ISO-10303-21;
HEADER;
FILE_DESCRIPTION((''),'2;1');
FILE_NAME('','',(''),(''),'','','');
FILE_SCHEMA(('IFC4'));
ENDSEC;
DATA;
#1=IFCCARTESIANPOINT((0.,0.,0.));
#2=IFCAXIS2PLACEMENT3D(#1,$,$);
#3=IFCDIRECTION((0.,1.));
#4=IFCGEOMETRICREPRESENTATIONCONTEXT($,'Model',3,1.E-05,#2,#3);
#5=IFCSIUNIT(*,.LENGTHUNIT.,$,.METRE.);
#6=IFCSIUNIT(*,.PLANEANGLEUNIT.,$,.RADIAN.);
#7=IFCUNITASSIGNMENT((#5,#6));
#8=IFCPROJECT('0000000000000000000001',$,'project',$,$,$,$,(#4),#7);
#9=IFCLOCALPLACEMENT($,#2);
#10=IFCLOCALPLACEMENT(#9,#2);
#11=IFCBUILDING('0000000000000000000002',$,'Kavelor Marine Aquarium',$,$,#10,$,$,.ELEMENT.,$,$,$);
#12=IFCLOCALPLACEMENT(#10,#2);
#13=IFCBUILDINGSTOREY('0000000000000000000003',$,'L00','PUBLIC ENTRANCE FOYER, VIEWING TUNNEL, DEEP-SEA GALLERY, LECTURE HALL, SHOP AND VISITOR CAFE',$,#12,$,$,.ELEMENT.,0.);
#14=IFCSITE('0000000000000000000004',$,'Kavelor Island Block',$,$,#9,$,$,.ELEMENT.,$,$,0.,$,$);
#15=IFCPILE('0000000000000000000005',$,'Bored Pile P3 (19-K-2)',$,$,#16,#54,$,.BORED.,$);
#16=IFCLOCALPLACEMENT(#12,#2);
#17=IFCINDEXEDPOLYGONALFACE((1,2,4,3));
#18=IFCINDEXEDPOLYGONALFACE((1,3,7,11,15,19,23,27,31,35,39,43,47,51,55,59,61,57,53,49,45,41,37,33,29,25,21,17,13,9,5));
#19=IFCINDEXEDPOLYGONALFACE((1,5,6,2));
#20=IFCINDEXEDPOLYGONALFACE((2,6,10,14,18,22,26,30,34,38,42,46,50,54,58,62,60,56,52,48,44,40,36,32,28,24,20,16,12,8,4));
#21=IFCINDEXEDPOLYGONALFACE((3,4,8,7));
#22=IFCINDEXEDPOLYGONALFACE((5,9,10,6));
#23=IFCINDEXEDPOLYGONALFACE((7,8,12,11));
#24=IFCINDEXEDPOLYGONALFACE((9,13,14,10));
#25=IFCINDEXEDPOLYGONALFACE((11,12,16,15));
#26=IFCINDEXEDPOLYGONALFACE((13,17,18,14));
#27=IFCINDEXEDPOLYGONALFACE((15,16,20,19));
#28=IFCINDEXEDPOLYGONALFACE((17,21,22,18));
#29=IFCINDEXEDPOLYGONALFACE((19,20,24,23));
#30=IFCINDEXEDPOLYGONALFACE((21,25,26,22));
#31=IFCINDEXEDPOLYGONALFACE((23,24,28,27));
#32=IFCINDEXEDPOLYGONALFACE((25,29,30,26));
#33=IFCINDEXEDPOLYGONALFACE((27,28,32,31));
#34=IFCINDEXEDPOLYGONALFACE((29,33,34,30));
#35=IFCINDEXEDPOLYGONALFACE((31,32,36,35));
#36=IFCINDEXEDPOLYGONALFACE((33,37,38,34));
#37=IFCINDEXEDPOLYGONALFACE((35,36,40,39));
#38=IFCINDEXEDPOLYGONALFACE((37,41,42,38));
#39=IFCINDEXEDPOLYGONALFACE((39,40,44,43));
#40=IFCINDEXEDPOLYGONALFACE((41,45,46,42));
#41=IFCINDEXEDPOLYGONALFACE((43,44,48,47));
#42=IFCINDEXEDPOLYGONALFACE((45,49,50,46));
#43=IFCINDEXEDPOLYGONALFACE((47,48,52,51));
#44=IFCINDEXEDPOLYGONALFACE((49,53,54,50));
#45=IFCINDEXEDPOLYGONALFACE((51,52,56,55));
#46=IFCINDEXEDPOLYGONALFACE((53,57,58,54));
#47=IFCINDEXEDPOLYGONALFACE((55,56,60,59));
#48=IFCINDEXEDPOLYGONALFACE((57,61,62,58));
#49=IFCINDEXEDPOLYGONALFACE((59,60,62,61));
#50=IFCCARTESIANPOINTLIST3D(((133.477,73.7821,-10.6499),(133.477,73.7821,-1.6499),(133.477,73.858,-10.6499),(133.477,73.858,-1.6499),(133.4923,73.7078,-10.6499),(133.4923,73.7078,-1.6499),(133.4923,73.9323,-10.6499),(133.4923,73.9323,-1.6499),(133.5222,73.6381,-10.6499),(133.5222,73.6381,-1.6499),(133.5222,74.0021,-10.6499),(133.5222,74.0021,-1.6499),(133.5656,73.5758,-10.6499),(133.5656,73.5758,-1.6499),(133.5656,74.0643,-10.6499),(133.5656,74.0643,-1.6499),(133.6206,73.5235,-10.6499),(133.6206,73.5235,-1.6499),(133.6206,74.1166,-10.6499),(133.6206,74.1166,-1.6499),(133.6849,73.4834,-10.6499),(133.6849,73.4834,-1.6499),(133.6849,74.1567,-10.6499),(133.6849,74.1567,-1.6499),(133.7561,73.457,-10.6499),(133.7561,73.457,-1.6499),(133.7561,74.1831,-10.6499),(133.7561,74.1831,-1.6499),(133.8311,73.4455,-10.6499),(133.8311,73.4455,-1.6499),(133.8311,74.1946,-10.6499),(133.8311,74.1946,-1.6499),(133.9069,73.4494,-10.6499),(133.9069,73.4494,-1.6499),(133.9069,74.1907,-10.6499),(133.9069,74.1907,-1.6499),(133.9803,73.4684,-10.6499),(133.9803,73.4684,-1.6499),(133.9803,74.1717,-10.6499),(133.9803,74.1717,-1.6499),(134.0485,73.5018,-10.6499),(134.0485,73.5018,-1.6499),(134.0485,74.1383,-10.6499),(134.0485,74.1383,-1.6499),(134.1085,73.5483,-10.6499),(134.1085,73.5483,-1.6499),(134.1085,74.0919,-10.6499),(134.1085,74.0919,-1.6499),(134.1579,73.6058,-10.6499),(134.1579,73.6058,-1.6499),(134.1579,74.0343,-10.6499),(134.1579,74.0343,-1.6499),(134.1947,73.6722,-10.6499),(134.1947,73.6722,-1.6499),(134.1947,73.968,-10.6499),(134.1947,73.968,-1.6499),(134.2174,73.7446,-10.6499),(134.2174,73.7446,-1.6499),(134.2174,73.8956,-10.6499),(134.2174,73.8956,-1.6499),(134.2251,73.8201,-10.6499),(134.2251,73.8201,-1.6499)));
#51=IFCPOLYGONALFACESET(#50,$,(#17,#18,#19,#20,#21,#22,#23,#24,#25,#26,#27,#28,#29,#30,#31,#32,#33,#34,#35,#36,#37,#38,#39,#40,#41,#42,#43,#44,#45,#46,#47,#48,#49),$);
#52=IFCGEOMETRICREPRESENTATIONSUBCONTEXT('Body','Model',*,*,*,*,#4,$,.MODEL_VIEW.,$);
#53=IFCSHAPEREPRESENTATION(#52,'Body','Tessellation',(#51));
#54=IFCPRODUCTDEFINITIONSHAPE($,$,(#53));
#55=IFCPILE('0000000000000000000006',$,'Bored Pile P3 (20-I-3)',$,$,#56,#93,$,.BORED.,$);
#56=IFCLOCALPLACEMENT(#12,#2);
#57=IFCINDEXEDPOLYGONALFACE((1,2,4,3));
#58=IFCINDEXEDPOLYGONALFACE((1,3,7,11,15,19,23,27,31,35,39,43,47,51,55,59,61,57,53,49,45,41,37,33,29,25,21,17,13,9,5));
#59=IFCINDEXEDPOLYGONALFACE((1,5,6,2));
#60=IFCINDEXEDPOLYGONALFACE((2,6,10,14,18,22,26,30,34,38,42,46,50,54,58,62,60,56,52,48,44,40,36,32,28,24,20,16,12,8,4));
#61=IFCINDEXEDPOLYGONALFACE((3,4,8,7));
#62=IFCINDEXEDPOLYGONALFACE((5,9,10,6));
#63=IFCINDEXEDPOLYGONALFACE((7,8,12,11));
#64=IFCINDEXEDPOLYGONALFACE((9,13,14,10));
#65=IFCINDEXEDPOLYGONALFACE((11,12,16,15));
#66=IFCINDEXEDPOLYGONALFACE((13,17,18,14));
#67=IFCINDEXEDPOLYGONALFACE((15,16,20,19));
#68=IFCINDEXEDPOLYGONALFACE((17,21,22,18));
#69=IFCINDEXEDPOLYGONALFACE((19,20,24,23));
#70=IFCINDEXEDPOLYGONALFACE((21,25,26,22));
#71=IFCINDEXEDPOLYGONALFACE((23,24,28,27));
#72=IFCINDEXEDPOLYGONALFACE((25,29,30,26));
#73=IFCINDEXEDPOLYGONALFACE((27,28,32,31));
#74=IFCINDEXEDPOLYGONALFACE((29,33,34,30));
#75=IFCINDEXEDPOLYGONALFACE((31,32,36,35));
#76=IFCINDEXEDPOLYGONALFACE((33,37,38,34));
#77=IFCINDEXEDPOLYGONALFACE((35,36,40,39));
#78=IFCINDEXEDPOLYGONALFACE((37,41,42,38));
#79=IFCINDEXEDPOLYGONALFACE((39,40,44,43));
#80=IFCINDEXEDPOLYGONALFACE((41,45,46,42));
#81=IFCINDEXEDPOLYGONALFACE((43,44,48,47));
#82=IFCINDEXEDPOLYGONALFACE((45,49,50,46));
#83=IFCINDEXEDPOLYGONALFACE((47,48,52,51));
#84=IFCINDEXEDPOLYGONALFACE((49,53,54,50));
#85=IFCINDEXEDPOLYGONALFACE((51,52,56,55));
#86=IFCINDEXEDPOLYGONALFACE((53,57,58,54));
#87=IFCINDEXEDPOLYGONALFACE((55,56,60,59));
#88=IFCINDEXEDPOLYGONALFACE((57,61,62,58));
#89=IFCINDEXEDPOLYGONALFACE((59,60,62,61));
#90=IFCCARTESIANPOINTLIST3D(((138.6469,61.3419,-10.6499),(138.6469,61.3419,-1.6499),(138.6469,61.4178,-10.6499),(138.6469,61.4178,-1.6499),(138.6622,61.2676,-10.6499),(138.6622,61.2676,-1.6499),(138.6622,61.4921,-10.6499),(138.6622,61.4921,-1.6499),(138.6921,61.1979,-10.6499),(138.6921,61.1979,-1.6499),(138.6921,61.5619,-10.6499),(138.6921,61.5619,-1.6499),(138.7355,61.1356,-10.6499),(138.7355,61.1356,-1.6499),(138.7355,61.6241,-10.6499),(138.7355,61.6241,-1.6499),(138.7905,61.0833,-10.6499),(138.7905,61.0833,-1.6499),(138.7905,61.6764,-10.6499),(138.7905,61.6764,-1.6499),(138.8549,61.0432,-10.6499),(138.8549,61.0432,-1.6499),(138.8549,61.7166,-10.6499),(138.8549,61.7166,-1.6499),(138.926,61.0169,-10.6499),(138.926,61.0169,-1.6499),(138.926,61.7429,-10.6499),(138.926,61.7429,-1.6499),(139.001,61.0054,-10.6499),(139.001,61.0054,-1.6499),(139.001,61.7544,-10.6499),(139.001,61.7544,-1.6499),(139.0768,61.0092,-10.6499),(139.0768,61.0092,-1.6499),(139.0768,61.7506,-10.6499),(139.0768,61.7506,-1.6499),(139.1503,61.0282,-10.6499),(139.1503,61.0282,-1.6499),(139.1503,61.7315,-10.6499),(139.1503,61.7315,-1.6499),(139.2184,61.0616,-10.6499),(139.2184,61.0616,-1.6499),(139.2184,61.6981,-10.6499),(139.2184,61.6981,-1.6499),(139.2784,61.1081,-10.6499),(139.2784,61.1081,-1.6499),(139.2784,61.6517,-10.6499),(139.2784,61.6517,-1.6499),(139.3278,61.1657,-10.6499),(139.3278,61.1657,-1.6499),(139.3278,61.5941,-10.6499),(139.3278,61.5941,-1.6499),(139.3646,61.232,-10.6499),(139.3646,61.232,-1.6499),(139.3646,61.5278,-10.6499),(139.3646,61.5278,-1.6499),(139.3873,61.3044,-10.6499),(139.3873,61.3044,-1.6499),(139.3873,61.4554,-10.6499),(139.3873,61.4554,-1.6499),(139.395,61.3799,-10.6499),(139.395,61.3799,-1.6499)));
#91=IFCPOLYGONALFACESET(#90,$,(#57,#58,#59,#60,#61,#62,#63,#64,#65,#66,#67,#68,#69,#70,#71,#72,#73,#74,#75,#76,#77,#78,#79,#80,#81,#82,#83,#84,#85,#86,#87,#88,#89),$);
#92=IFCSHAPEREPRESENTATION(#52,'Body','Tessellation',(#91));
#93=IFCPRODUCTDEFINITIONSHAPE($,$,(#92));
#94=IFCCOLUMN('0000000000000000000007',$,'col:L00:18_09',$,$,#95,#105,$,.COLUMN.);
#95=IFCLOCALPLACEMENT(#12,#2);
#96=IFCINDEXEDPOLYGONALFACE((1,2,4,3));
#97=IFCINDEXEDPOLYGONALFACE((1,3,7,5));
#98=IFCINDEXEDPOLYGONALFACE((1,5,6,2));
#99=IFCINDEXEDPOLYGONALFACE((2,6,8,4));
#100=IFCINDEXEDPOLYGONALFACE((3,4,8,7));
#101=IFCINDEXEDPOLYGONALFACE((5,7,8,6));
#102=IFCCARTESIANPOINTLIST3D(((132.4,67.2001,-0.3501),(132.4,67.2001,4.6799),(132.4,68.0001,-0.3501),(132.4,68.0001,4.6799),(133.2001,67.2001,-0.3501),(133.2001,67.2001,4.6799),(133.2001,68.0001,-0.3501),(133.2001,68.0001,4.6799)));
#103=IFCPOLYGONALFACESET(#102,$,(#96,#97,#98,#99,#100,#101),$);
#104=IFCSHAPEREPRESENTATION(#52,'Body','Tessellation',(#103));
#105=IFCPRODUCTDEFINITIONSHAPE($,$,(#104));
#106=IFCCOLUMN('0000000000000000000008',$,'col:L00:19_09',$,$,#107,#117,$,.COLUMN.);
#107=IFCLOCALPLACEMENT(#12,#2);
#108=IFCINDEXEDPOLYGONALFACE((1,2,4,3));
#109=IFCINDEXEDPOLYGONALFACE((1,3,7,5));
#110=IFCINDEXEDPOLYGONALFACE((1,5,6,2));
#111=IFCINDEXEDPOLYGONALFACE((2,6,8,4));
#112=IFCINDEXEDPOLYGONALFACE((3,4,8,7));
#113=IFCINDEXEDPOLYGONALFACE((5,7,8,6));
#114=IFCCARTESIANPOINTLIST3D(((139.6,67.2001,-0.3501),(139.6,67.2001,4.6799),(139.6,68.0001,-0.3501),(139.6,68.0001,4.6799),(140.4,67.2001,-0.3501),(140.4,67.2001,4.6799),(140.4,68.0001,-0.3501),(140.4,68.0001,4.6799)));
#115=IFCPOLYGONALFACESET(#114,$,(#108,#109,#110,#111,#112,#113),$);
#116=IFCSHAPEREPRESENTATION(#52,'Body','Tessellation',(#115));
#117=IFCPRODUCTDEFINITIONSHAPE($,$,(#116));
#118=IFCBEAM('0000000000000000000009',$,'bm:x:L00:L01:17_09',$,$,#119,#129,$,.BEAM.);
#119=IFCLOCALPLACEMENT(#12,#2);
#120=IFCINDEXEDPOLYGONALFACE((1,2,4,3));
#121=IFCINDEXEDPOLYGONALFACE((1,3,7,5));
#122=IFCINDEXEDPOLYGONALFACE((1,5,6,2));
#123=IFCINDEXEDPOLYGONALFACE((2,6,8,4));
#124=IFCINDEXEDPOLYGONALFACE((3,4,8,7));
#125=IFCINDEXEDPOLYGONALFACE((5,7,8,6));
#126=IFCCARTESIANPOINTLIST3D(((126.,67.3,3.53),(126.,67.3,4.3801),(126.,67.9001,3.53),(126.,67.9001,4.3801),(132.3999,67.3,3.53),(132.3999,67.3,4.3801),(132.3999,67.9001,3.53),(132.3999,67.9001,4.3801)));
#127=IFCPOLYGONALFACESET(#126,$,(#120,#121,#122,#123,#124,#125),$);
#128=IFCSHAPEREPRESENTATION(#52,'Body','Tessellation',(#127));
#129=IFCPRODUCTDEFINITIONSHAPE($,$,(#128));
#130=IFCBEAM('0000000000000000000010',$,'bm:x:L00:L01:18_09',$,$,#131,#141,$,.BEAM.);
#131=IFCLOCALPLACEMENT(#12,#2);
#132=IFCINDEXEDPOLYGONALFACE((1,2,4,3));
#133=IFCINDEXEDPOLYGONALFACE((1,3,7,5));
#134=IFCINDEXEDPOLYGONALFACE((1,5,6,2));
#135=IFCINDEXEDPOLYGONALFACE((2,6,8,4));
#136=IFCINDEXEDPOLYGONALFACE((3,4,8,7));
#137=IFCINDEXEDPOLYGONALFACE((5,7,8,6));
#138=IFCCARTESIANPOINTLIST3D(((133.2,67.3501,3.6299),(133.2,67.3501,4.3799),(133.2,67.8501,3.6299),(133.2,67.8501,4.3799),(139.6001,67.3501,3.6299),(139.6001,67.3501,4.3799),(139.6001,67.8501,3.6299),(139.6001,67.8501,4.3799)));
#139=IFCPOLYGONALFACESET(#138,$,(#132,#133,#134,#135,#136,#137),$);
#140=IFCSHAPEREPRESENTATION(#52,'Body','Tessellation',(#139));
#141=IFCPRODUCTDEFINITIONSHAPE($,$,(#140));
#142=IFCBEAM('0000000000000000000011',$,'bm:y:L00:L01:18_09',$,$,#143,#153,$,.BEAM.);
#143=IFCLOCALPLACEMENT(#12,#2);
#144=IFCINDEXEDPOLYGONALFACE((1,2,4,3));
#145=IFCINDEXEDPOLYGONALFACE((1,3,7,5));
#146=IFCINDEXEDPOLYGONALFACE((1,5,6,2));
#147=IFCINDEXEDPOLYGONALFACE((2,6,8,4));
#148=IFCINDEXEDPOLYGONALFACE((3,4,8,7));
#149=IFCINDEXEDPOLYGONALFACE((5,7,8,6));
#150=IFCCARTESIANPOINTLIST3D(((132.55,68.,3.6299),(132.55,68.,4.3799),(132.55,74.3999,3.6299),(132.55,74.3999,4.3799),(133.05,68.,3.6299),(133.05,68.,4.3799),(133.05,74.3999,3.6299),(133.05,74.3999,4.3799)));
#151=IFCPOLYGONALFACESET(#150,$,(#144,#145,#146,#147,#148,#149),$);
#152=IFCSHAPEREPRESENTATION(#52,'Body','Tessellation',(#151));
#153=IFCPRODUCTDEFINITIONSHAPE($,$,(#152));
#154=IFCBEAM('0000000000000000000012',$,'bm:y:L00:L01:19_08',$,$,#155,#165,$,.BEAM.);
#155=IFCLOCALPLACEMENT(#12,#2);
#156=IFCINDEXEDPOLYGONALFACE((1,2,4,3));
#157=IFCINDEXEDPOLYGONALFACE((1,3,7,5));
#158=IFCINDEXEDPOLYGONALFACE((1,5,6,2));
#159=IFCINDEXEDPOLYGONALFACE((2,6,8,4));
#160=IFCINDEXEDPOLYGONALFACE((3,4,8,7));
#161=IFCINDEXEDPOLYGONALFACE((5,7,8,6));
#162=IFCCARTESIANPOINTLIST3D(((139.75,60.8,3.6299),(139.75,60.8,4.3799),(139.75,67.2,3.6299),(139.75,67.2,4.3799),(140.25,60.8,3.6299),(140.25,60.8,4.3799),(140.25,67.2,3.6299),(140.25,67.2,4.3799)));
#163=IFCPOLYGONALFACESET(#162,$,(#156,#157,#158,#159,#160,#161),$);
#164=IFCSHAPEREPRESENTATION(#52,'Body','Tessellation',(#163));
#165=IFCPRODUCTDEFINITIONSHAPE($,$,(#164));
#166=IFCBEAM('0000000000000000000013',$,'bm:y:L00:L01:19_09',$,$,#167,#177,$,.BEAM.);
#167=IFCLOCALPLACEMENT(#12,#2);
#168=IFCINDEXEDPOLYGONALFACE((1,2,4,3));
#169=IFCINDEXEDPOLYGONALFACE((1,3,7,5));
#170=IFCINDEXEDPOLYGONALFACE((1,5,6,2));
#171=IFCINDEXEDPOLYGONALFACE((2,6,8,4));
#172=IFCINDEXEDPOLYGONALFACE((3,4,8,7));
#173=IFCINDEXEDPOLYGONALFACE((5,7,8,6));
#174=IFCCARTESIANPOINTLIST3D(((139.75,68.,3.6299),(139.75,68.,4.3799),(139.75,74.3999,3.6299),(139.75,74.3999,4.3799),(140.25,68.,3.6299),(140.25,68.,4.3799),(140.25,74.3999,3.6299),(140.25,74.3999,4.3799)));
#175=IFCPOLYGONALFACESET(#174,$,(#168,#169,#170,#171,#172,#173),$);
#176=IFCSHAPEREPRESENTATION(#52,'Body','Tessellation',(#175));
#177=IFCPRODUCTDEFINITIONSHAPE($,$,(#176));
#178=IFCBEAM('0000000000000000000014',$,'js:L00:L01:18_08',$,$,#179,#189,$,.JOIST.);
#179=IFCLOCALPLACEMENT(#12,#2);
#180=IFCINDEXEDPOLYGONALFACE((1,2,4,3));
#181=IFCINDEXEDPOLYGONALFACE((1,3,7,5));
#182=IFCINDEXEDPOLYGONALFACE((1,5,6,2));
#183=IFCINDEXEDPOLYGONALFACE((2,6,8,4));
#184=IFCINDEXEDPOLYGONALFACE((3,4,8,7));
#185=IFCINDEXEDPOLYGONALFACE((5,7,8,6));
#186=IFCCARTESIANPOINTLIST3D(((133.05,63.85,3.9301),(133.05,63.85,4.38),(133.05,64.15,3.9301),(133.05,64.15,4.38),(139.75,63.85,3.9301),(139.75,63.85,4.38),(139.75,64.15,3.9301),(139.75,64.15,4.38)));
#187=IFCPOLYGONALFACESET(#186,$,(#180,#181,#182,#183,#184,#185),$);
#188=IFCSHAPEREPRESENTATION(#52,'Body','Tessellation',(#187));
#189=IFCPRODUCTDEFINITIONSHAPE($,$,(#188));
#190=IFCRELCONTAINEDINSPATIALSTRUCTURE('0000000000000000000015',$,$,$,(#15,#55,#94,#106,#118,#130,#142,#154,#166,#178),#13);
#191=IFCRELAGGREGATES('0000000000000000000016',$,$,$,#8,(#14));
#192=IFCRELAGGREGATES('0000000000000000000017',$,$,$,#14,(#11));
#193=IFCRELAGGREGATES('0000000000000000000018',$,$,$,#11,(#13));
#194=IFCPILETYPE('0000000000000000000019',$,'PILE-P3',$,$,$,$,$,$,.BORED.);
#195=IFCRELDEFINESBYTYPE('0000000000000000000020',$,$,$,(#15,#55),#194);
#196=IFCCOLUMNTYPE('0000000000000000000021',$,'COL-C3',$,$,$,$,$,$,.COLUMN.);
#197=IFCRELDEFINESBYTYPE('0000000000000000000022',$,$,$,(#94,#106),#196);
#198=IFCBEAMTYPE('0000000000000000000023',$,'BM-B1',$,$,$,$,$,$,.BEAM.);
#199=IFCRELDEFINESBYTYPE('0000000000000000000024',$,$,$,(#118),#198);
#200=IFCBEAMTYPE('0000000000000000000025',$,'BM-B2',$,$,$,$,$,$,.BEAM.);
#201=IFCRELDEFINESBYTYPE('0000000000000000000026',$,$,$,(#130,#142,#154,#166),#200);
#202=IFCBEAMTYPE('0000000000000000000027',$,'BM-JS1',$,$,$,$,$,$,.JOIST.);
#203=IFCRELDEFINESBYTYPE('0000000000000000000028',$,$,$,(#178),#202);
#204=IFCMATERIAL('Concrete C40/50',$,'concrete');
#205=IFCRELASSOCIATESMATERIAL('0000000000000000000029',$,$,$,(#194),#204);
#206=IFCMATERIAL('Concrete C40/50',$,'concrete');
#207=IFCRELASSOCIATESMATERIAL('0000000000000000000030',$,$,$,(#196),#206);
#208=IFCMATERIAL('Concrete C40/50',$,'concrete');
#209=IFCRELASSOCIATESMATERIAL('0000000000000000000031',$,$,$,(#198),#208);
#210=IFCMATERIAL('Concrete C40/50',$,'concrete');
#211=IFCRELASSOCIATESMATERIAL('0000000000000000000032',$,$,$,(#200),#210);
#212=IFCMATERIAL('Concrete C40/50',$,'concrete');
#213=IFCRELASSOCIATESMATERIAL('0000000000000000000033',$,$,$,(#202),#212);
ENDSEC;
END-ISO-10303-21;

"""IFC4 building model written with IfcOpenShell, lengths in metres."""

from ifc_helpers import new_model, si_unit, direction, frame, origin, origin_2d, place, context, subcontext, project, spatial, rectangle, circle, extrude, material, material_profile, profile_set, type_object, element, save


model = new_model("IFC4")

# Units and contexts
model_context = context("Model", 3, precision=1e-05, world=origin(), true_north=direction((0.0, 1.0)))
body_context = subcontext(model_context, "Body", "Model", "MODEL_VIEW")
ifc_project = project(units=[si_unit("LENGTHUNIT", "METRE"), si_unit("PLANEANGLEUNIT", "RADIAN")], contexts=[model_context])

# Site, building, storey
site_placement = place(None, origin())
site = spatial("IfcSite", under=ifc_project, at=site_placement, Name="Kavelor Island Block", CompositionType="ELEMENT", RefElevation=0.0)
building_placement = place(site_placement, origin())
building = spatial("IfcBuilding", under=site, at=building_placement, Name="Kavelor Marine Aquarium", CompositionType="ELEMENT")
storey_placement = place(building_placement, origin())
storey = spatial("IfcBuildingStorey", under=building, at=storey_placement, Name="L00", Description="PUBLIC ENTRANCE FOYER, VIEWING TUNNEL, DEEP-SEA GALLERY, LECTURE HALL, SHOP AND VISITOR CAFE", CompositionType="ELEMENT", Elevation=0.0)

# Piles
ifc_material_1 = material(Name="Concrete C40/50", Category="concrete")
ifc_material_profile_1 = material_profile(ifc_material_1, circle(Radius=0.375, at=origin_2d()), Name="PILE D750")
ifc_profile_set_1 = profile_set([ifc_material_profile_1], Name="Concrete C40/50")
pile_type_1 = type_object("IfcPileType", Name="PILE-P3", PredefinedType="BORED", material=ifc_profile_set_1)
for number, where, z_axis, x_axis, name in (
    (1, (133.8501, 73.8201, -1.6499), (0.0, 0.0, -1.0), (1.0, 0.0, 0.0), "Bored Pile P3 (19-K-2)"),
    (2, (139.02, 61.3799, -1.6499), (0.0, 0.0, -1.0), (1.0, 0.0, 0.0), "Bored Pile P3 (20-I-3)"),
):
    element("IfcPile", number, at=place(storey_placement, frame(where, z_axis=z_axis, x_axis=x_axis)), inside=storey, type_object=pile_type_1, Name=name, PredefinedType="BORED", context=body_context, shape_type="SweptSolid", body=[
        extrude(circle(Radius=0.375, at=origin_2d()), origin(), (0.0, 0.0, 1.0), 9.0),
    ])

# Columns
ifc_material_2 = material(Name="Concrete C40/50", Category="concrete")
ifc_material_profile_2 = material_profile(ifc_material_2, rectangle(XDim=0.8, YDim=0.8, at=origin_2d()), Name="RC-COL 800x800")
ifc_profile_set_2 = profile_set([ifc_material_profile_2], Name="Concrete C40/50")
column_type = type_object("IfcColumnType", Name="COL-C3", PredefinedType="COLUMN", material=ifc_profile_set_2)
for number, where, z_axis, x_axis, name in (
    (3, (132.8, 67.6001, -0.3501), (0.0, 0.0, 1.0), (1.0, 0.0, 0.0), "col:L00:18_09"),
    (4, (140.0, 67.6001, -0.3501), (0.0, 0.0, 1.0), (1.0, 0.0, 0.0), "col:L00:19_09"),
):
    element("IfcColumn", number, at=place(storey_placement, frame(where, z_axis=z_axis, x_axis=x_axis)), inside=storey, type_object=column_type, Name=name, PredefinedType="COLUMN", context=body_context, shape_type="SweptSolid", body=[
        extrude(rectangle(XDim=0.8, YDim=0.8, at=origin_2d()), origin(), (0.0, 0.0, 1.0), 5.03),
    ])

# Beams
ifc_material_3 = material(Name="Concrete C40/50", Category="concrete")
ifc_material_profile_3 = material_profile(ifc_material_3, rectangle(XDim=0.6001, YDim=0.8501, at=origin_2d()), Name="RC-BM 600x850")
ifc_profile_set_3 = profile_set([ifc_material_profile_3], Name="Concrete C40/50")
beam_type_1 = type_object("IfcBeamType", Name="BM-B1", PredefinedType="BEAM", material=ifc_profile_set_3)
beam_1_placement = place(storey_placement, frame((126.0, 67.6001, 3.9551), z_axis=(1.0, 0.0, 0.0), x_axis=(0.0, 1.0, 0.0)))
element("IfcBeam", 5, at=beam_1_placement, inside=storey, type_object=beam_type_1, Name="bm:x:L00:L01:17_09", PredefinedType="BEAM", context=body_context, shape_type="SweptSolid", body=[
    extrude(rectangle(XDim=0.6001, YDim=0.8501, at=origin_2d()), origin(), (0.0, 0.0, 1.0), 6.3999),
])
ifc_material_4 = material(Name="Concrete C40/50", Category="concrete")
ifc_material_profile_4 = material_profile(ifc_material_4, rectangle(XDim=0.5, YDim=0.75, at=origin_2d()), Name="RC-BM 500x750")
ifc_profile_set_4 = profile_set([ifc_material_profile_4], Name="Concrete C40/50")
beam_type_2 = type_object("IfcBeamType", Name="BM-B2", PredefinedType="BEAM", material=ifc_profile_set_4)
beam_2_placement = place(storey_placement, frame((133.2, 67.6001, 4.0049), z_axis=(1.0, 0.0, 0.0), x_axis=(0.0, 1.0, 0.0)))
element("IfcBeam", 6, at=beam_2_placement, inside=storey, type_object=beam_type_2, Name="bm:x:L00:L01:18_09", PredefinedType="BEAM", context=body_context, shape_type="SweptSolid", body=[
    extrude(rectangle(XDim=0.5, YDim=0.75, at=origin_2d()), origin(), (0.0, 0.0, 1.0), 6.4001),
])
for number, where, z_axis, x_axis, name in (
    (7, (132.8, 68.0, 4.0049), (0.0, 1.0, 0.0), (-1.0, 0.0, 0.0), "bm:y:L00:L01:18_09"),
    (8, (140.0, 60.8, 4.0049), (0.0, 1.0, 0.0), (-1.0, 0.0, 0.0), "bm:y:L00:L01:19_08"),
    (9, (140.0, 68.0, 4.0049), (0.0, 1.0, 0.0), (-1.0, 0.0, 0.0), "bm:y:L00:L01:19_09"),
):
    element("IfcBeam", number, at=place(storey_placement, frame(where, z_axis=z_axis, x_axis=x_axis)), inside=storey, type_object=beam_type_2, Name=name, PredefinedType="BEAM", context=body_context, shape_type="SweptSolid", body=[
        extrude(rectangle(XDim=0.5, YDim=0.75, at=origin_2d()), origin(), (0.0, 0.0, 1.0), 6.3999),
    ])
ifc_material_5 = material(Name="Concrete C40/50", Category="concrete")
ifc_material_profile_5 = material_profile(ifc_material_5, rectangle(XDim=0.3, YDim=0.45, at=origin_2d()), Name="RC-JS 300x450")
ifc_profile_set_5 = profile_set([ifc_material_profile_5], Name="Concrete C40/50")
beam_type_3 = type_object("IfcBeamType", Name="BM-JS1", PredefinedType="JOIST", material=ifc_profile_set_5)
beam_3_placement = place(storey_placement, frame((133.05, 64.0, 4.155), z_axis=(1.0, 0.0, 0.0), x_axis=(0.0, 1.0, 0.0)))
element("IfcBeam", 10, at=beam_3_placement, inside=storey, type_object=beam_type_3, Name="js:L00:L01:18_08", PredefinedType="JOIST", context=body_context, shape_type="SweptSolid", body=[
    extrude(rectangle(XDim=0.3, YDim=0.45, at=origin_2d()), origin(), (0.0, 0.0, 1.0), 6.7),
])

save(model, "model.ifc")
